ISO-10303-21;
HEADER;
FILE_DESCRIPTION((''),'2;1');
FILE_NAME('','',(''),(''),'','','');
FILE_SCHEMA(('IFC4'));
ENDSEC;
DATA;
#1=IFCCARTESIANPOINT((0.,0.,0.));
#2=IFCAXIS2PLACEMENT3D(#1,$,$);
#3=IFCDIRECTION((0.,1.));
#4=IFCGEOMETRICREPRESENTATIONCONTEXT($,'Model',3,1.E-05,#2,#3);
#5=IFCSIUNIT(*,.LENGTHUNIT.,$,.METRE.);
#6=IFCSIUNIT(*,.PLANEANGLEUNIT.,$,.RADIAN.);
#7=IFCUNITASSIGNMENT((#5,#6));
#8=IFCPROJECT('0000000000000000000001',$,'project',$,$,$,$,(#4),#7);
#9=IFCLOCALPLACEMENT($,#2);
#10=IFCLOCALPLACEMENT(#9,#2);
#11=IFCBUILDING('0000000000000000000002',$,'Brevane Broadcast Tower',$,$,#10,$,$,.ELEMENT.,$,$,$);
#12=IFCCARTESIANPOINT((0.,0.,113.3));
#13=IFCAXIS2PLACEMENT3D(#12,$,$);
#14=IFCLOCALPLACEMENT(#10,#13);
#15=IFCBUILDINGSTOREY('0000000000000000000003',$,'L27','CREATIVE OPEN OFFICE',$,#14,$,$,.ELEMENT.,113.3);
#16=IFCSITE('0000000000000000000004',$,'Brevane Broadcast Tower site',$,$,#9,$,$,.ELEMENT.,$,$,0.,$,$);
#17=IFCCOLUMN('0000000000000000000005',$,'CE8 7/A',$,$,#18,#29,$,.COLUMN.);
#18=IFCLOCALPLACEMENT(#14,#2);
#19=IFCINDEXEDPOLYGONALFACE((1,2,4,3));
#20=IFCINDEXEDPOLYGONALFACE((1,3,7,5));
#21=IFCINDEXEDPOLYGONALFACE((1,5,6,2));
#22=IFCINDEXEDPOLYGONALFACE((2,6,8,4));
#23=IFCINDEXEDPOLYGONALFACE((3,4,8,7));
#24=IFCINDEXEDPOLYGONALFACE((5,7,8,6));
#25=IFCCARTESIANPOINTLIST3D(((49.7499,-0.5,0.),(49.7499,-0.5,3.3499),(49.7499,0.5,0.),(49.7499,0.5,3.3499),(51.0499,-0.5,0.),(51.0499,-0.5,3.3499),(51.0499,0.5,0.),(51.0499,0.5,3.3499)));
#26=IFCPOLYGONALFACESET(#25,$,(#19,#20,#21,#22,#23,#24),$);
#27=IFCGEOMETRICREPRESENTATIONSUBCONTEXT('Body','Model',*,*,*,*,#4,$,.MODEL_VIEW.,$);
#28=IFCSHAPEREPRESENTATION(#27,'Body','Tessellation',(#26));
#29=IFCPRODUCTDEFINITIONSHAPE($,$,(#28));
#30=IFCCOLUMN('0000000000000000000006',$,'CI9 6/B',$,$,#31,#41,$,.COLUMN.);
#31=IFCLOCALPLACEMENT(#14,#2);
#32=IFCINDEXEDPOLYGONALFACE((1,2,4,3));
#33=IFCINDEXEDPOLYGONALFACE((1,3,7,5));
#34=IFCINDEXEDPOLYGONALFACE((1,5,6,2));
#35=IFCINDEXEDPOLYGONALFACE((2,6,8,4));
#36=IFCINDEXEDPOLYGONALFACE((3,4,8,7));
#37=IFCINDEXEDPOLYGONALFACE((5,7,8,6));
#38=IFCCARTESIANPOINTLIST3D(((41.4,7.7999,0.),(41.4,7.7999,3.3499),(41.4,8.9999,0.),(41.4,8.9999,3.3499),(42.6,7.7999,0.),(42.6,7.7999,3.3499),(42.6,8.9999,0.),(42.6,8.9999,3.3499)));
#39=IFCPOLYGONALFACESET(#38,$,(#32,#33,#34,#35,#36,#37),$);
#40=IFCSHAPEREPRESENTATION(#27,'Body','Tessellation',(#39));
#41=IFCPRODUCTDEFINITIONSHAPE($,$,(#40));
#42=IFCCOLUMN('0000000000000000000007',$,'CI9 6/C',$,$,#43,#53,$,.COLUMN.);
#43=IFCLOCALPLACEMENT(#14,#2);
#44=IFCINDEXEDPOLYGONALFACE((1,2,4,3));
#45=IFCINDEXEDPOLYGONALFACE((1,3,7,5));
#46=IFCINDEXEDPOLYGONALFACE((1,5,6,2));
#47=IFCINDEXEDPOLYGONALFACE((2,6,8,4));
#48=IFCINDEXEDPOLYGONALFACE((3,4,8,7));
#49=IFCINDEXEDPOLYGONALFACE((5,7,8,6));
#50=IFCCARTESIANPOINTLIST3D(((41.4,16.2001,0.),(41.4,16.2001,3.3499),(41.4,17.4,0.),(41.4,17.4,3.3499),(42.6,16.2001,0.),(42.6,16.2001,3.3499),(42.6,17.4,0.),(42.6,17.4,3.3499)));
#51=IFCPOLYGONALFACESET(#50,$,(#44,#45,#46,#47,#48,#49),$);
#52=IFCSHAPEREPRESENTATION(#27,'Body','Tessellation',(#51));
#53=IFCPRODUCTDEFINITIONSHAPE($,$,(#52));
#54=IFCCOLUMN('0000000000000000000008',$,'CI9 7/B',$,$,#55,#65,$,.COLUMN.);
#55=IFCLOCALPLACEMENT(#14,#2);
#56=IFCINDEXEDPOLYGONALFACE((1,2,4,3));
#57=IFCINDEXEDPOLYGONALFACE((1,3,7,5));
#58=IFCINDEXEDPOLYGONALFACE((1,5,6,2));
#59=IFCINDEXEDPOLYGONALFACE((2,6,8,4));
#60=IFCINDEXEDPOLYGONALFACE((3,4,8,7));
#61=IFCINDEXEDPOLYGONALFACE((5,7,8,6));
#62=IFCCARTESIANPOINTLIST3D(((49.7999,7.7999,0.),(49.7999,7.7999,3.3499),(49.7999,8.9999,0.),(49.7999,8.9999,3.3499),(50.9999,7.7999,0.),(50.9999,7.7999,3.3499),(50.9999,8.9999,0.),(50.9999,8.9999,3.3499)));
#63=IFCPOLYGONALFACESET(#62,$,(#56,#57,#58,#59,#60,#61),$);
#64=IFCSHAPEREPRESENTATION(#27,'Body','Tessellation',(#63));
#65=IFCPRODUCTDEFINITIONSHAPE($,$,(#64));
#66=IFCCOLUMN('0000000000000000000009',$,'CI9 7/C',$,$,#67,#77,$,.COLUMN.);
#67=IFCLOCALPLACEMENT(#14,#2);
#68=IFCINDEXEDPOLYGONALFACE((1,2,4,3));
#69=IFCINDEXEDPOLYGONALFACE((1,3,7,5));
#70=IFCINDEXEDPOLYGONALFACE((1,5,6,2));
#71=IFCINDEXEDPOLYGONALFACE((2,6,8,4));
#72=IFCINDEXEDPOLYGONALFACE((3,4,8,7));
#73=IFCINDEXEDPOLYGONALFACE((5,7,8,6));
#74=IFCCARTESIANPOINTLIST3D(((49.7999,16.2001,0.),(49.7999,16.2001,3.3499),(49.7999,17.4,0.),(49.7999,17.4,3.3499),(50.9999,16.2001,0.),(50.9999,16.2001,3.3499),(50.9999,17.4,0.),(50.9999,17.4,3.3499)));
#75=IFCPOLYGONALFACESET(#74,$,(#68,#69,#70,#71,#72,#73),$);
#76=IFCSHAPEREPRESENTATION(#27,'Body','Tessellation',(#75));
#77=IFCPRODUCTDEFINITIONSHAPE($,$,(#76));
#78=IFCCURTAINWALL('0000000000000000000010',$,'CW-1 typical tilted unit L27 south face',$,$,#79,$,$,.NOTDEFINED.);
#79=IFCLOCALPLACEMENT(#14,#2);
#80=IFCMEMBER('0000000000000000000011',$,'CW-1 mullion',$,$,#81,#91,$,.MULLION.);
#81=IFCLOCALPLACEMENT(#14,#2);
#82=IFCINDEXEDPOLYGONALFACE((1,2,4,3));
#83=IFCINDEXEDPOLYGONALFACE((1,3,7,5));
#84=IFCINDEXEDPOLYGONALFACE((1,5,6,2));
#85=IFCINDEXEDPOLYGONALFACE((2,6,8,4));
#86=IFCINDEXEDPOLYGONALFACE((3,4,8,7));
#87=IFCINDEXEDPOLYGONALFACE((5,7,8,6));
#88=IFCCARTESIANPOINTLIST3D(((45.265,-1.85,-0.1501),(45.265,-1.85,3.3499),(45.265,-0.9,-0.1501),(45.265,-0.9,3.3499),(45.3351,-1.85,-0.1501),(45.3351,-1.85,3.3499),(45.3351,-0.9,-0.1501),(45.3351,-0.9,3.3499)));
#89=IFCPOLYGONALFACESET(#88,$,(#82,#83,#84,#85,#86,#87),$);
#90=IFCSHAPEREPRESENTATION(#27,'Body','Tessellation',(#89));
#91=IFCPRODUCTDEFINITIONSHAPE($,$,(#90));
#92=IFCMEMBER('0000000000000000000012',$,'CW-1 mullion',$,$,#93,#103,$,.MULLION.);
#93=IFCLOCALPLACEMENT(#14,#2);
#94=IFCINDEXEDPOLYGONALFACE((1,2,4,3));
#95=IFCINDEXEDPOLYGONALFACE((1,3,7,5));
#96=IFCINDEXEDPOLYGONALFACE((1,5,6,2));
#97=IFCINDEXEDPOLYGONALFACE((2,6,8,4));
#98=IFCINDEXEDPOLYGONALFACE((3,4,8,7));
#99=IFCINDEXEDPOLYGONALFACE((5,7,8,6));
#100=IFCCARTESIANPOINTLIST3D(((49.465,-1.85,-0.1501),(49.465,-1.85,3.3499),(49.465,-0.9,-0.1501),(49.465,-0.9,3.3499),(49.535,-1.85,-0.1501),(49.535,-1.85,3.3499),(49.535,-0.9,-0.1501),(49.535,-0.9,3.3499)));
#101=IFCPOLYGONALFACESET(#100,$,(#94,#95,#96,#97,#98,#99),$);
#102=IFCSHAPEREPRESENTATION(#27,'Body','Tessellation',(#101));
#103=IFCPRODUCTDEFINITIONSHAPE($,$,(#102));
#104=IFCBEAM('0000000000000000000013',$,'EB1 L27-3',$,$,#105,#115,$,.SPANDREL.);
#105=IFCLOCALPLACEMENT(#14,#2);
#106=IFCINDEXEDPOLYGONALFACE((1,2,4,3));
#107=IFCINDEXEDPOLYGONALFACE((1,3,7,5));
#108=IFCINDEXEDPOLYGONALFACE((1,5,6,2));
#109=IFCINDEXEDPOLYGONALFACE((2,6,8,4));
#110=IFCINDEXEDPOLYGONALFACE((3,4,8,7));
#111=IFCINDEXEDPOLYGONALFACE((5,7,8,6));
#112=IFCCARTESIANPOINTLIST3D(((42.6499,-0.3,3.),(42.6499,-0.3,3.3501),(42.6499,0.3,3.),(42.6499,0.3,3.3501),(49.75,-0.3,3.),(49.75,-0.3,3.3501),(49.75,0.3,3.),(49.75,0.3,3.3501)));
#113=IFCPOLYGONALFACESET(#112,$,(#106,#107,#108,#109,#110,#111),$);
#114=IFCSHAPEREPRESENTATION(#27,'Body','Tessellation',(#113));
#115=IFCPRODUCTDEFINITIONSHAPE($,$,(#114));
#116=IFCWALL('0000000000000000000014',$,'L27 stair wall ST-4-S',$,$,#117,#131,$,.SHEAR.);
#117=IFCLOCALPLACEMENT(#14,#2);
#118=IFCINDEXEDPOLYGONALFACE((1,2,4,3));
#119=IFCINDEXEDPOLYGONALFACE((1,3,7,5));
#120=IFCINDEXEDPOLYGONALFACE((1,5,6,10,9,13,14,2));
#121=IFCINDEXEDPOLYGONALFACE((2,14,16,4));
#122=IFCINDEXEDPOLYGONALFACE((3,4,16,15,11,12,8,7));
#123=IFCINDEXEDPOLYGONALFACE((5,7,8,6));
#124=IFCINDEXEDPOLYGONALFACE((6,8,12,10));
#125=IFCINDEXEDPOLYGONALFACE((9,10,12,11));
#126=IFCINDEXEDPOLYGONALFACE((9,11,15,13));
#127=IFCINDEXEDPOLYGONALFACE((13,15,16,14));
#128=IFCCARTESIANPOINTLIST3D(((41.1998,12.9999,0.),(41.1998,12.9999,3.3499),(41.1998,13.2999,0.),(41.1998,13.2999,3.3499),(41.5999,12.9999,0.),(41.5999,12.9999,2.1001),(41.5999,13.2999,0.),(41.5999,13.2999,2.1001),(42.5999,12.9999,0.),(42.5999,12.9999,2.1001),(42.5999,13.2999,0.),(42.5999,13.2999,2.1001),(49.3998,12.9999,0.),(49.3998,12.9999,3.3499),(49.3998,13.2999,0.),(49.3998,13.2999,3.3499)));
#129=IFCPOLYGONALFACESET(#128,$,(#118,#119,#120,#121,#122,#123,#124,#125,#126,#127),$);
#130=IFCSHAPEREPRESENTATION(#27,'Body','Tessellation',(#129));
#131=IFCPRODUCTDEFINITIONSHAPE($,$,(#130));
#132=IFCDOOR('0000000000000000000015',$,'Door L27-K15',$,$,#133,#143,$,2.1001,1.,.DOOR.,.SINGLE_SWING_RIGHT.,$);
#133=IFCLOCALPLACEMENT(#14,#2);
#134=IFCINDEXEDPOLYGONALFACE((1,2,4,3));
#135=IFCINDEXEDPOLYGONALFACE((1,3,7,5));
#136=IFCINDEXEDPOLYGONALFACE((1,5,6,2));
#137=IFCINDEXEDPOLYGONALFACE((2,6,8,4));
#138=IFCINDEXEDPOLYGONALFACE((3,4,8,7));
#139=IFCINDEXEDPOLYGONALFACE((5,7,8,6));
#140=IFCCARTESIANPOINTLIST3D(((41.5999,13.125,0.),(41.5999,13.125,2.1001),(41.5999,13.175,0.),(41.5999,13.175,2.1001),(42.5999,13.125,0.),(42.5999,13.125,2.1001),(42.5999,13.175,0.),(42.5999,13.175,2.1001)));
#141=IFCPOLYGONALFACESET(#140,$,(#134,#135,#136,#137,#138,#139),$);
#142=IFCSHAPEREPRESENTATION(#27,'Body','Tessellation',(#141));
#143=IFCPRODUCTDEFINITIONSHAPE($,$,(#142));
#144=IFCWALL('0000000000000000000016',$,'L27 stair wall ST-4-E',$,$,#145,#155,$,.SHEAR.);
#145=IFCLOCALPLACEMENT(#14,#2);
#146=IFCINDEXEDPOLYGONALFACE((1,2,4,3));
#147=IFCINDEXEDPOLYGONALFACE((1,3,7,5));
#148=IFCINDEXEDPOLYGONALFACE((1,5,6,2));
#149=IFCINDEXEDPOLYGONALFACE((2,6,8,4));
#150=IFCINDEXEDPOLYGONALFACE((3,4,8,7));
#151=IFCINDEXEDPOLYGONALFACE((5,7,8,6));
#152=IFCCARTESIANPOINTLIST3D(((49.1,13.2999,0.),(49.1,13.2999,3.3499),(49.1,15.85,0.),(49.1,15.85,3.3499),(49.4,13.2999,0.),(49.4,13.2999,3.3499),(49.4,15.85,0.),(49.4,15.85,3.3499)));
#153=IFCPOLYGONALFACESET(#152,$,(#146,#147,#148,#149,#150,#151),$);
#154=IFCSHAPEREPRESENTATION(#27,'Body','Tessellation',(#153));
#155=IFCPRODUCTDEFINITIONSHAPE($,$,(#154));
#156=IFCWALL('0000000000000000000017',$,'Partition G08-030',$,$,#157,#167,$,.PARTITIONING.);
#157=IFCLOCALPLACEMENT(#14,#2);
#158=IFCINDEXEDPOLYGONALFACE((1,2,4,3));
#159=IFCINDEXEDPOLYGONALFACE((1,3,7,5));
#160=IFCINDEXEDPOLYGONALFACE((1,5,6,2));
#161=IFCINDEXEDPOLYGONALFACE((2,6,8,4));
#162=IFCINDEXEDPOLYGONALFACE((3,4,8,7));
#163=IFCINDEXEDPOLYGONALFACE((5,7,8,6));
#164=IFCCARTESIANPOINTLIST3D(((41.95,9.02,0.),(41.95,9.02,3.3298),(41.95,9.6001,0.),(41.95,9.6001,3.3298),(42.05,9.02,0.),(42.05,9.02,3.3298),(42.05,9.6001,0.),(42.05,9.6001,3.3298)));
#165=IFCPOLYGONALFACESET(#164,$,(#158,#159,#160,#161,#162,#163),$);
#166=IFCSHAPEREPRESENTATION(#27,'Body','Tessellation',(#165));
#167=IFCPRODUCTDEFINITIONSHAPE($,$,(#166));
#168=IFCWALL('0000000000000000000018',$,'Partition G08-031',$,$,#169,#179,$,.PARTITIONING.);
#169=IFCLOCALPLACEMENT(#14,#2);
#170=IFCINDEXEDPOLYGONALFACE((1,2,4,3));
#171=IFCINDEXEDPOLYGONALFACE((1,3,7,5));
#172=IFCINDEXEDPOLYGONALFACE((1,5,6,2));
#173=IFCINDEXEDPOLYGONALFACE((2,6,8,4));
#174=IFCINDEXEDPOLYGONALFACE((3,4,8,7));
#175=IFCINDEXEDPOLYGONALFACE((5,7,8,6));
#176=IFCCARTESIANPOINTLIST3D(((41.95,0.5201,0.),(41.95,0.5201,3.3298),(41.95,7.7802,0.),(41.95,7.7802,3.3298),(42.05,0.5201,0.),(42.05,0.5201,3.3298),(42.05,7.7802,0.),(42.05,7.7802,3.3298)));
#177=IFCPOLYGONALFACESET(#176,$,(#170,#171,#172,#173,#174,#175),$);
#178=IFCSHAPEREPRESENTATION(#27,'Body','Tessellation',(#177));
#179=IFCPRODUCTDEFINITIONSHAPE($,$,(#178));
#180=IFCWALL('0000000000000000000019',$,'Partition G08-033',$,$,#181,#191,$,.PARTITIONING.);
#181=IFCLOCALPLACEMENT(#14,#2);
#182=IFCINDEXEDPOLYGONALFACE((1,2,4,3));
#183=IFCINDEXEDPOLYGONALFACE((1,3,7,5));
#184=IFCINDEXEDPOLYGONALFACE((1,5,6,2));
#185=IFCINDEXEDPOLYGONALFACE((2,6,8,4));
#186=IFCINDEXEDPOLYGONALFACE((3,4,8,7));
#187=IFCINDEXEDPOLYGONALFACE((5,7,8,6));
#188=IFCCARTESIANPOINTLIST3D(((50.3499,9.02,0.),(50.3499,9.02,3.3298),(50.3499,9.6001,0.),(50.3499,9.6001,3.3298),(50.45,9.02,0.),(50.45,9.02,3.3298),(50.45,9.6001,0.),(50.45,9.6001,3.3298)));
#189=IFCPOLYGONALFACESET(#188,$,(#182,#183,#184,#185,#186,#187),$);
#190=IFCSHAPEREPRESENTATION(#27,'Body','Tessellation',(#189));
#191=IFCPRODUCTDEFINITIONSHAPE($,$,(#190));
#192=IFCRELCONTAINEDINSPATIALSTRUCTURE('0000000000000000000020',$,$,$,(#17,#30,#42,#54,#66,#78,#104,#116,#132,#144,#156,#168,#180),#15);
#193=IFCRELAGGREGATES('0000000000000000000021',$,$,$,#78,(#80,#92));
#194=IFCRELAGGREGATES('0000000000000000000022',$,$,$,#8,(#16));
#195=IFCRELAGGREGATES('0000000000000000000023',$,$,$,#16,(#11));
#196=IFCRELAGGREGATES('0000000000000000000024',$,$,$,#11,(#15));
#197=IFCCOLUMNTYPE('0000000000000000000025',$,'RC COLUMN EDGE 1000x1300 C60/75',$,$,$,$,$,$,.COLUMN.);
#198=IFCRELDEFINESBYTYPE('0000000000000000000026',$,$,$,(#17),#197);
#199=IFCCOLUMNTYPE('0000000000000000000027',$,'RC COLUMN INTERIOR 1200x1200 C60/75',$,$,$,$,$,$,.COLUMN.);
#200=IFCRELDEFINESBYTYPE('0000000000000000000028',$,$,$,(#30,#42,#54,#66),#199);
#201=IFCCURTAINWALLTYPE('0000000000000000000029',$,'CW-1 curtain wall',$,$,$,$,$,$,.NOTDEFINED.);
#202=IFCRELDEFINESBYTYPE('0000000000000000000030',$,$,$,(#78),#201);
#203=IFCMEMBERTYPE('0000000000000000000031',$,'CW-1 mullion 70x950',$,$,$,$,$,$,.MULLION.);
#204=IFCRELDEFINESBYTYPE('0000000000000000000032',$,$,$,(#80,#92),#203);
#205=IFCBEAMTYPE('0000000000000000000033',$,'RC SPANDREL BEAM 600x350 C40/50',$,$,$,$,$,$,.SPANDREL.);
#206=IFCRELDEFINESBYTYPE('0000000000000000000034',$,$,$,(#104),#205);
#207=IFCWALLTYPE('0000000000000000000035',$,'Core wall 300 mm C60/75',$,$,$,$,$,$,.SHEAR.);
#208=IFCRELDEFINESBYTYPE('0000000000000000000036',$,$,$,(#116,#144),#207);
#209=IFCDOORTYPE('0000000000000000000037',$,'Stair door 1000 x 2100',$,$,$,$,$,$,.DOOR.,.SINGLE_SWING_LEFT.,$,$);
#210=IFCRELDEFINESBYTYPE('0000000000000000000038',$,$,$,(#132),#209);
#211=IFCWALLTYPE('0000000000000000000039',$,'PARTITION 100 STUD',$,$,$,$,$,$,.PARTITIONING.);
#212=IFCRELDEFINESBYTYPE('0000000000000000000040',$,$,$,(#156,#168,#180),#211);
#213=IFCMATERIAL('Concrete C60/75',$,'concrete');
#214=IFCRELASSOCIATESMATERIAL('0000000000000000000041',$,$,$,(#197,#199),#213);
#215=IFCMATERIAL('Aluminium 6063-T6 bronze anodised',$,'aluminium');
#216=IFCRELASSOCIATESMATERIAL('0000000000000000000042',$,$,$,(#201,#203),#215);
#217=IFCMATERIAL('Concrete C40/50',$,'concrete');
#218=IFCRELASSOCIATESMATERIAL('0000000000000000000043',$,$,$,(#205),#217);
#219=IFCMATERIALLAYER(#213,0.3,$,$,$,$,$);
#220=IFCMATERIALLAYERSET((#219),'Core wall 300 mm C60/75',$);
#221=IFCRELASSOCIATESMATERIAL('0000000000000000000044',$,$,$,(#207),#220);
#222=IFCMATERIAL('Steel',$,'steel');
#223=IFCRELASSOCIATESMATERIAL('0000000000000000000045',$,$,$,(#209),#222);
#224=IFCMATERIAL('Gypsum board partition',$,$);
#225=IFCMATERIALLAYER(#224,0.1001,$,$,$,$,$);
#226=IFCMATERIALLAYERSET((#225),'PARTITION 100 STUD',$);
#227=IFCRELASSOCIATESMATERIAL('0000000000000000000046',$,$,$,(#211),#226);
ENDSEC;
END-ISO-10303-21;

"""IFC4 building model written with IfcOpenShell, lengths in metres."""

from ifc_helpers import new_model, si_unit, direction, frame, frame_2d, origin, origin_2d, place, context, subcontext, project, spatial, rectangle, extrude, material, layer, layer_set, material_profile, profile_set, type_object, element, fill, aggregate, save


model = new_model("IFC4")

# Units and contexts
model_context = context("Model", 3, precision=1e-05, world=origin(), true_north=direction((0.0, 1.0)))
body_context = subcontext(model_context, "Body", "Model", "MODEL_VIEW")
ifc_project = project(units=[si_unit("LENGTHUNIT", "METRE"), si_unit("PLANEANGLEUNIT", "RADIAN")], contexts=[model_context])

# Site, building, storey
site_placement = place(None, origin())
site = spatial("IfcSite", under=ifc_project, at=site_placement, Name="Brevane Broadcast Tower site", CompositionType="ELEMENT", RefElevation=0.0)
building_placement = place(site_placement, origin())
building = spatial("IfcBuilding", under=site, at=building_placement, Name="Brevane Broadcast Tower", CompositionType="ELEMENT")
storey_placement = place(building_placement, frame((0.0, 0.0, 113.3)))
storey = spatial("IfcBuildingStorey", under=building, at=storey_placement, Name="L27", Description="CREATIVE OPEN OFFICE", CompositionType="ELEMENT", Elevation=113.3)

# Columns
ifc_material_1 = material(Name="Concrete C60/75", Category="concrete")
ifc_material_profile_1 = material_profile(ifc_material_1, rectangle(XDim=1.0, YDim=1.3, at=origin_2d()), Name="RC 1000x1300")
ifc_profile_set_1 = profile_set([ifc_material_profile_1], Name="Concrete C60/75")
column_type_1 = type_object("IfcColumnType", Name="RC COLUMN EDGE 1000x1300 C60/75", PredefinedType="COLUMN", material=ifc_profile_set_1)
column_placement = place(storey_placement, frame((50.3999, 0.0, 0.0), z_axis=(0.0, 0.0, 1.0), x_axis=(0.0, 1.0, 0.0)))
element("IfcColumn", 1, at=column_placement, inside=storey, type_object=column_type_1, Name="CE8 7/A", PredefinedType="COLUMN", context=body_context, shape_type="SweptSolid", body=[
    extrude(rectangle(XDim=1.0, YDim=1.3, at=origin_2d()), origin(), (0.0, 0.0, 1.0), 3.3499),
])
ifc_material_profile_2 = material_profile(ifc_material_1, rectangle(XDim=1.2, YDim=1.2, at=origin_2d()), Name="RC 1200x1200")
ifc_profile_set_2 = profile_set([ifc_material_profile_2], Name="Concrete C60/75")
column_type_2 = type_object("IfcColumnType", Name="RC COLUMN INTERIOR 1200x1200 C60/75", PredefinedType="COLUMN", material=ifc_profile_set_2)
for number, where, z_axis, x_axis, name in (
    (2, (42.0, 8.3999, 0.0), (0.0, 0.0, 1.0), (1.0, 0.0, 0.0), "CI9 6/B"),
    (3, (42.0, 16.8, 0.0), (0.0, 0.0, 1.0), (1.0, 0.0, 0.0), "CI9 6/C"),
    (4, (50.3999, 8.3999, 0.0), (0.0, 0.0, 1.0), (1.0, 0.0, 0.0), "CI9 7/B"),
    (5, (50.3999, 16.8, 0.0), (0.0, 0.0, 1.0), (1.0, 0.0, 0.0), "CI9 7/C"),
):
    element("IfcColumn", number, at=place(storey_placement, frame(where, z_axis=z_axis, x_axis=x_axis)), inside=storey, type_object=column_type_2, Name=name, PredefinedType="COLUMN", context=body_context, shape_type="SweptSolid", body=[
        extrude(rectangle(XDim=1.2, YDim=1.2, at=origin_2d()), origin(), (0.0, 0.0, 1.0), 3.3499),
    ])

# Curtain wall, members
ifc_material_2 = material(Name="Aluminium 6063-T6 bronze anodised", Category="aluminium")
curtain_wall_type = type_object("IfcCurtainWallType", Name="CW-1 curtain wall", PredefinedType="NOTDEFINED", material=ifc_material_2)
curtain_wall_placement = place(storey_placement, origin())
curtain_wall = element("IfcCurtainWall", 6, at=curtain_wall_placement, inside=storey, type_object=curtain_wall_type, Name="CW-1 typical tilted unit L27 south face", PredefinedType="NOTDEFINED")
ifc_material_profile_3 = material_profile(ifc_material_2, rectangle(XDim=0.95, YDim=0.0701, at=origin_2d()), Name="RECT 70x950")
ifc_profile_set_3 = profile_set([ifc_material_profile_3], Name="Aluminium 6063-T6 bronze anodised")
member_type = type_object("IfcMemberType", Name="CW-1 mullion 70x950", PredefinedType="MULLION", material=ifc_profile_set_3)
member_1_placement = place(storey_placement, frame((45.3, -1.375, -0.1501), z_axis=(0.0, 0.0, 1.0), x_axis=(0.0, 1.0, 0.0)))
member_1 = element("IfcMember", 7, at=member_1_placement, type_object=member_type, Name="CW-1 mullion", PredefinedType="MULLION", context=body_context, shape_type="SweptSolid", body=[
    extrude(rectangle(XDim=0.95, YDim=0.0701, at=origin_2d()), origin(), (0.0, 0.0, 1.0), 3.5),
])
member_2_placement = place(storey_placement, frame((49.5, -1.375, -0.1501), z_axis=(0.0, 0.0, 1.0), x_axis=(0.0, 1.0, 0.0)))
member_2 = element("IfcMember", 8, at=member_2_placement, type_object=member_type, Name="CW-1 mullion", PredefinedType="MULLION", context=body_context, shape_type="SweptSolid", body=[
    extrude(rectangle(XDim=0.95, YDim=0.0701, at=origin_2d()), origin(), (0.0, 0.0, 1.0), 3.5),
])
aggregate(curtain_wall, [member_1, member_2])

# Beam
ifc_material_3 = material(Name="Concrete C40/50", Category="concrete")
ifc_material_profile_4 = material_profile(ifc_material_3, rectangle(XDim=0.6001, YDim=0.3501, at=origin_2d()), Name="RC 600x350")
ifc_profile_set_4 = profile_set([ifc_material_profile_4], Name="Concrete C40/50")
beam_type = type_object("IfcBeamType", Name="RC SPANDREL BEAM 600x350 C40/50", PredefinedType="SPANDREL", material=ifc_profile_set_4)
beam_placement = place(storey_placement, frame((42.6499, 0.0, 3.175), z_axis=(1.0, 0.0, 0.0), x_axis=(0.0, 1.0, 0.0)))
element("IfcBeam", 9, at=beam_placement, inside=storey, type_object=beam_type, Name="EB1 L27-3", PredefinedType="SPANDREL", context=body_context, shape_type="SweptSolid", body=[
    extrude(rectangle(XDim=0.6001, YDim=0.3501, at=origin_2d()), origin(), (0.0, 0.0, 1.0), 7.1001),
])

# Wall, opening, door
ifc_layer_1 = layer(ifc_material_1, 0.3)
ifc_layer_set_1 = layer_set([ifc_layer_1], Name="Core wall 300 mm C60/75")
wall_type_1 = type_object("IfcWallType", Name="Core wall 300 mm C60/75", PredefinedType="SHEAR", material=ifc_layer_set_1)
wall_1_placement = place(storey_placement, frame((49.3999, 13.1499, 0.0), z_axis=(0.0, 0.0, 1.0), x_axis=(-1.0, 0.0, 0.0)))
wall_1 = element("IfcWall", 10, at=wall_1_placement, inside=storey, type_object=wall_type_1, Name="L27 stair wall ST-4-S", PredefinedType="SHEAR", context=body_context, shape_type="SweptSolid", body=[
    extrude(rectangle(XDim=8.2, YDim=0.3, at=frame_2d((4.1001, 0.0))), origin(), (0.0, 0.0, 1.0), 3.3499),
])
opening_1_placement = place(wall_1_placement, frame((6.8, 0.0, 0.0)))
opening_1 = element("IfcOpeningElement", 11, at=opening_1_placement, cuts=wall_1, PredefinedType="OPENING", context=body_context, shape_type="SweptSolid", body=[
    extrude(rectangle(XDim=1.0, YDim=2.1001, at=frame_2d((0.5, 1.05))), frame((0.0, 0.1599, 0.0), z_axis=(0.0, -1.0, 0.0), x_axis=(1.0, 0.0, 0.0)), (0.0, 0.0, 1.0), 0.3201),
])
ifc_material_4 = material(Name="Steel", Category="steel")
door_type_1 = type_object("IfcDoorType", Name="Stair door 1000 x 2100", OperationType="SINGLE_SWING_LEFT", PredefinedType="DOOR", material=ifc_material_4)
door_1_placement = place(opening_1_placement, origin())
door_1 = element("IfcDoor", 12, at=door_1_placement, inside=storey, type_object=door_type_1, Name="Door L27-K15", OperationType="SINGLE_SWING_RIGHT", OverallHeight=2.1001, OverallWidth=1.0, PredefinedType="DOOR", context=body_context, shape_type="SweptSolid", body=[
    extrude(rectangle(XDim=1.0, YDim=2.1001, at=frame_2d((0.5, 1.05))), frame((0.0, 0.0249, 0.0), z_axis=(0.0, -1.0, 0.0), x_axis=(1.0, 0.0, 0.0)), (0.0, 0.0, 1.0), 0.05),
])
fill(opening_1, door_1)

# Walls
wall_2_placement = place(storey_placement, frame((49.25, 13.3, 0.0), z_axis=(0.0, 0.0, 1.0), x_axis=(0.0, 1.0, 0.0)))
element("IfcWall", 13, at=wall_2_placement, inside=storey, type_object=wall_type_1, Name="L27 stair wall ST-4-E", PredefinedType="SHEAR", context=body_context, shape_type="SweptSolid", body=[
    extrude(rectangle(XDim=2.55, YDim=0.3, at=frame_2d((1.2749, 0.0))), origin(), (0.0, 0.0, 1.0), 3.3499),
])
ifc_material_5 = material(Name="Gypsum board partition")
ifc_layer_2 = layer(ifc_material_5, 0.1001)
ifc_layer_set_2 = layer_set([ifc_layer_2], Name="PARTITION 100 STUD")
wall_type_2 = type_object("IfcWallType", Name="PARTITION 100 STUD", PredefinedType="PARTITIONING", material=ifc_layer_set_2)
wall_3_placement = place(storey_placement, frame((42.0, 9.6001, 0.0), z_axis=(0.0, 0.0, 1.0), x_axis=(0.0, -1.0, 0.0)))
element("IfcWall", 14, at=wall_3_placement, inside=storey, type_object=wall_type_2, Name="Partition G08-030", PredefinedType="PARTITIONING", context=body_context, shape_type="SweptSolid", body=[
    extrude(rectangle(XDim=0.5801, YDim=0.1001, at=frame_2d((0.29, 0.0))), origin(), (0.0, 0.0, 1.0), 3.3298),
])
wall_4_placement = place(storey_placement, frame((42.0, 7.78, 0.0), z_axis=(0.0, 0.0, 1.0), x_axis=(0.0, -1.0, 0.0)))
element("IfcWall", 15, at=wall_4_placement, inside=storey, type_object=wall_type_2, Name="Partition G08-031", PredefinedType="PARTITIONING", context=body_context, shape_type="SweptSolid", body=[
    extrude(rectangle(XDim=7.26, YDim=0.1001, at=frame_2d((3.6299, 0.0))), origin(), (0.0, 0.0, 1.0), 3.3298),
])
wall_5_placement = place(storey_placement, frame((50.3999, 9.6001, 0.0), z_axis=(0.0, 0.0, 1.0), x_axis=(0.0, -1.0, 0.0)))
element("IfcWall", 16, at=wall_5_placement, inside=storey, type_object=wall_type_2, Name="Partition G08-033", PredefinedType="PARTITIONING", context=body_context, shape_type="SweptSolid", body=[
    extrude(rectangle(XDim=0.5801, YDim=0.1001, at=frame_2d((0.29, 0.0))), origin(), (0.0, 0.0, 1.0), 3.3298),
])

save(model, "model.ifc")
